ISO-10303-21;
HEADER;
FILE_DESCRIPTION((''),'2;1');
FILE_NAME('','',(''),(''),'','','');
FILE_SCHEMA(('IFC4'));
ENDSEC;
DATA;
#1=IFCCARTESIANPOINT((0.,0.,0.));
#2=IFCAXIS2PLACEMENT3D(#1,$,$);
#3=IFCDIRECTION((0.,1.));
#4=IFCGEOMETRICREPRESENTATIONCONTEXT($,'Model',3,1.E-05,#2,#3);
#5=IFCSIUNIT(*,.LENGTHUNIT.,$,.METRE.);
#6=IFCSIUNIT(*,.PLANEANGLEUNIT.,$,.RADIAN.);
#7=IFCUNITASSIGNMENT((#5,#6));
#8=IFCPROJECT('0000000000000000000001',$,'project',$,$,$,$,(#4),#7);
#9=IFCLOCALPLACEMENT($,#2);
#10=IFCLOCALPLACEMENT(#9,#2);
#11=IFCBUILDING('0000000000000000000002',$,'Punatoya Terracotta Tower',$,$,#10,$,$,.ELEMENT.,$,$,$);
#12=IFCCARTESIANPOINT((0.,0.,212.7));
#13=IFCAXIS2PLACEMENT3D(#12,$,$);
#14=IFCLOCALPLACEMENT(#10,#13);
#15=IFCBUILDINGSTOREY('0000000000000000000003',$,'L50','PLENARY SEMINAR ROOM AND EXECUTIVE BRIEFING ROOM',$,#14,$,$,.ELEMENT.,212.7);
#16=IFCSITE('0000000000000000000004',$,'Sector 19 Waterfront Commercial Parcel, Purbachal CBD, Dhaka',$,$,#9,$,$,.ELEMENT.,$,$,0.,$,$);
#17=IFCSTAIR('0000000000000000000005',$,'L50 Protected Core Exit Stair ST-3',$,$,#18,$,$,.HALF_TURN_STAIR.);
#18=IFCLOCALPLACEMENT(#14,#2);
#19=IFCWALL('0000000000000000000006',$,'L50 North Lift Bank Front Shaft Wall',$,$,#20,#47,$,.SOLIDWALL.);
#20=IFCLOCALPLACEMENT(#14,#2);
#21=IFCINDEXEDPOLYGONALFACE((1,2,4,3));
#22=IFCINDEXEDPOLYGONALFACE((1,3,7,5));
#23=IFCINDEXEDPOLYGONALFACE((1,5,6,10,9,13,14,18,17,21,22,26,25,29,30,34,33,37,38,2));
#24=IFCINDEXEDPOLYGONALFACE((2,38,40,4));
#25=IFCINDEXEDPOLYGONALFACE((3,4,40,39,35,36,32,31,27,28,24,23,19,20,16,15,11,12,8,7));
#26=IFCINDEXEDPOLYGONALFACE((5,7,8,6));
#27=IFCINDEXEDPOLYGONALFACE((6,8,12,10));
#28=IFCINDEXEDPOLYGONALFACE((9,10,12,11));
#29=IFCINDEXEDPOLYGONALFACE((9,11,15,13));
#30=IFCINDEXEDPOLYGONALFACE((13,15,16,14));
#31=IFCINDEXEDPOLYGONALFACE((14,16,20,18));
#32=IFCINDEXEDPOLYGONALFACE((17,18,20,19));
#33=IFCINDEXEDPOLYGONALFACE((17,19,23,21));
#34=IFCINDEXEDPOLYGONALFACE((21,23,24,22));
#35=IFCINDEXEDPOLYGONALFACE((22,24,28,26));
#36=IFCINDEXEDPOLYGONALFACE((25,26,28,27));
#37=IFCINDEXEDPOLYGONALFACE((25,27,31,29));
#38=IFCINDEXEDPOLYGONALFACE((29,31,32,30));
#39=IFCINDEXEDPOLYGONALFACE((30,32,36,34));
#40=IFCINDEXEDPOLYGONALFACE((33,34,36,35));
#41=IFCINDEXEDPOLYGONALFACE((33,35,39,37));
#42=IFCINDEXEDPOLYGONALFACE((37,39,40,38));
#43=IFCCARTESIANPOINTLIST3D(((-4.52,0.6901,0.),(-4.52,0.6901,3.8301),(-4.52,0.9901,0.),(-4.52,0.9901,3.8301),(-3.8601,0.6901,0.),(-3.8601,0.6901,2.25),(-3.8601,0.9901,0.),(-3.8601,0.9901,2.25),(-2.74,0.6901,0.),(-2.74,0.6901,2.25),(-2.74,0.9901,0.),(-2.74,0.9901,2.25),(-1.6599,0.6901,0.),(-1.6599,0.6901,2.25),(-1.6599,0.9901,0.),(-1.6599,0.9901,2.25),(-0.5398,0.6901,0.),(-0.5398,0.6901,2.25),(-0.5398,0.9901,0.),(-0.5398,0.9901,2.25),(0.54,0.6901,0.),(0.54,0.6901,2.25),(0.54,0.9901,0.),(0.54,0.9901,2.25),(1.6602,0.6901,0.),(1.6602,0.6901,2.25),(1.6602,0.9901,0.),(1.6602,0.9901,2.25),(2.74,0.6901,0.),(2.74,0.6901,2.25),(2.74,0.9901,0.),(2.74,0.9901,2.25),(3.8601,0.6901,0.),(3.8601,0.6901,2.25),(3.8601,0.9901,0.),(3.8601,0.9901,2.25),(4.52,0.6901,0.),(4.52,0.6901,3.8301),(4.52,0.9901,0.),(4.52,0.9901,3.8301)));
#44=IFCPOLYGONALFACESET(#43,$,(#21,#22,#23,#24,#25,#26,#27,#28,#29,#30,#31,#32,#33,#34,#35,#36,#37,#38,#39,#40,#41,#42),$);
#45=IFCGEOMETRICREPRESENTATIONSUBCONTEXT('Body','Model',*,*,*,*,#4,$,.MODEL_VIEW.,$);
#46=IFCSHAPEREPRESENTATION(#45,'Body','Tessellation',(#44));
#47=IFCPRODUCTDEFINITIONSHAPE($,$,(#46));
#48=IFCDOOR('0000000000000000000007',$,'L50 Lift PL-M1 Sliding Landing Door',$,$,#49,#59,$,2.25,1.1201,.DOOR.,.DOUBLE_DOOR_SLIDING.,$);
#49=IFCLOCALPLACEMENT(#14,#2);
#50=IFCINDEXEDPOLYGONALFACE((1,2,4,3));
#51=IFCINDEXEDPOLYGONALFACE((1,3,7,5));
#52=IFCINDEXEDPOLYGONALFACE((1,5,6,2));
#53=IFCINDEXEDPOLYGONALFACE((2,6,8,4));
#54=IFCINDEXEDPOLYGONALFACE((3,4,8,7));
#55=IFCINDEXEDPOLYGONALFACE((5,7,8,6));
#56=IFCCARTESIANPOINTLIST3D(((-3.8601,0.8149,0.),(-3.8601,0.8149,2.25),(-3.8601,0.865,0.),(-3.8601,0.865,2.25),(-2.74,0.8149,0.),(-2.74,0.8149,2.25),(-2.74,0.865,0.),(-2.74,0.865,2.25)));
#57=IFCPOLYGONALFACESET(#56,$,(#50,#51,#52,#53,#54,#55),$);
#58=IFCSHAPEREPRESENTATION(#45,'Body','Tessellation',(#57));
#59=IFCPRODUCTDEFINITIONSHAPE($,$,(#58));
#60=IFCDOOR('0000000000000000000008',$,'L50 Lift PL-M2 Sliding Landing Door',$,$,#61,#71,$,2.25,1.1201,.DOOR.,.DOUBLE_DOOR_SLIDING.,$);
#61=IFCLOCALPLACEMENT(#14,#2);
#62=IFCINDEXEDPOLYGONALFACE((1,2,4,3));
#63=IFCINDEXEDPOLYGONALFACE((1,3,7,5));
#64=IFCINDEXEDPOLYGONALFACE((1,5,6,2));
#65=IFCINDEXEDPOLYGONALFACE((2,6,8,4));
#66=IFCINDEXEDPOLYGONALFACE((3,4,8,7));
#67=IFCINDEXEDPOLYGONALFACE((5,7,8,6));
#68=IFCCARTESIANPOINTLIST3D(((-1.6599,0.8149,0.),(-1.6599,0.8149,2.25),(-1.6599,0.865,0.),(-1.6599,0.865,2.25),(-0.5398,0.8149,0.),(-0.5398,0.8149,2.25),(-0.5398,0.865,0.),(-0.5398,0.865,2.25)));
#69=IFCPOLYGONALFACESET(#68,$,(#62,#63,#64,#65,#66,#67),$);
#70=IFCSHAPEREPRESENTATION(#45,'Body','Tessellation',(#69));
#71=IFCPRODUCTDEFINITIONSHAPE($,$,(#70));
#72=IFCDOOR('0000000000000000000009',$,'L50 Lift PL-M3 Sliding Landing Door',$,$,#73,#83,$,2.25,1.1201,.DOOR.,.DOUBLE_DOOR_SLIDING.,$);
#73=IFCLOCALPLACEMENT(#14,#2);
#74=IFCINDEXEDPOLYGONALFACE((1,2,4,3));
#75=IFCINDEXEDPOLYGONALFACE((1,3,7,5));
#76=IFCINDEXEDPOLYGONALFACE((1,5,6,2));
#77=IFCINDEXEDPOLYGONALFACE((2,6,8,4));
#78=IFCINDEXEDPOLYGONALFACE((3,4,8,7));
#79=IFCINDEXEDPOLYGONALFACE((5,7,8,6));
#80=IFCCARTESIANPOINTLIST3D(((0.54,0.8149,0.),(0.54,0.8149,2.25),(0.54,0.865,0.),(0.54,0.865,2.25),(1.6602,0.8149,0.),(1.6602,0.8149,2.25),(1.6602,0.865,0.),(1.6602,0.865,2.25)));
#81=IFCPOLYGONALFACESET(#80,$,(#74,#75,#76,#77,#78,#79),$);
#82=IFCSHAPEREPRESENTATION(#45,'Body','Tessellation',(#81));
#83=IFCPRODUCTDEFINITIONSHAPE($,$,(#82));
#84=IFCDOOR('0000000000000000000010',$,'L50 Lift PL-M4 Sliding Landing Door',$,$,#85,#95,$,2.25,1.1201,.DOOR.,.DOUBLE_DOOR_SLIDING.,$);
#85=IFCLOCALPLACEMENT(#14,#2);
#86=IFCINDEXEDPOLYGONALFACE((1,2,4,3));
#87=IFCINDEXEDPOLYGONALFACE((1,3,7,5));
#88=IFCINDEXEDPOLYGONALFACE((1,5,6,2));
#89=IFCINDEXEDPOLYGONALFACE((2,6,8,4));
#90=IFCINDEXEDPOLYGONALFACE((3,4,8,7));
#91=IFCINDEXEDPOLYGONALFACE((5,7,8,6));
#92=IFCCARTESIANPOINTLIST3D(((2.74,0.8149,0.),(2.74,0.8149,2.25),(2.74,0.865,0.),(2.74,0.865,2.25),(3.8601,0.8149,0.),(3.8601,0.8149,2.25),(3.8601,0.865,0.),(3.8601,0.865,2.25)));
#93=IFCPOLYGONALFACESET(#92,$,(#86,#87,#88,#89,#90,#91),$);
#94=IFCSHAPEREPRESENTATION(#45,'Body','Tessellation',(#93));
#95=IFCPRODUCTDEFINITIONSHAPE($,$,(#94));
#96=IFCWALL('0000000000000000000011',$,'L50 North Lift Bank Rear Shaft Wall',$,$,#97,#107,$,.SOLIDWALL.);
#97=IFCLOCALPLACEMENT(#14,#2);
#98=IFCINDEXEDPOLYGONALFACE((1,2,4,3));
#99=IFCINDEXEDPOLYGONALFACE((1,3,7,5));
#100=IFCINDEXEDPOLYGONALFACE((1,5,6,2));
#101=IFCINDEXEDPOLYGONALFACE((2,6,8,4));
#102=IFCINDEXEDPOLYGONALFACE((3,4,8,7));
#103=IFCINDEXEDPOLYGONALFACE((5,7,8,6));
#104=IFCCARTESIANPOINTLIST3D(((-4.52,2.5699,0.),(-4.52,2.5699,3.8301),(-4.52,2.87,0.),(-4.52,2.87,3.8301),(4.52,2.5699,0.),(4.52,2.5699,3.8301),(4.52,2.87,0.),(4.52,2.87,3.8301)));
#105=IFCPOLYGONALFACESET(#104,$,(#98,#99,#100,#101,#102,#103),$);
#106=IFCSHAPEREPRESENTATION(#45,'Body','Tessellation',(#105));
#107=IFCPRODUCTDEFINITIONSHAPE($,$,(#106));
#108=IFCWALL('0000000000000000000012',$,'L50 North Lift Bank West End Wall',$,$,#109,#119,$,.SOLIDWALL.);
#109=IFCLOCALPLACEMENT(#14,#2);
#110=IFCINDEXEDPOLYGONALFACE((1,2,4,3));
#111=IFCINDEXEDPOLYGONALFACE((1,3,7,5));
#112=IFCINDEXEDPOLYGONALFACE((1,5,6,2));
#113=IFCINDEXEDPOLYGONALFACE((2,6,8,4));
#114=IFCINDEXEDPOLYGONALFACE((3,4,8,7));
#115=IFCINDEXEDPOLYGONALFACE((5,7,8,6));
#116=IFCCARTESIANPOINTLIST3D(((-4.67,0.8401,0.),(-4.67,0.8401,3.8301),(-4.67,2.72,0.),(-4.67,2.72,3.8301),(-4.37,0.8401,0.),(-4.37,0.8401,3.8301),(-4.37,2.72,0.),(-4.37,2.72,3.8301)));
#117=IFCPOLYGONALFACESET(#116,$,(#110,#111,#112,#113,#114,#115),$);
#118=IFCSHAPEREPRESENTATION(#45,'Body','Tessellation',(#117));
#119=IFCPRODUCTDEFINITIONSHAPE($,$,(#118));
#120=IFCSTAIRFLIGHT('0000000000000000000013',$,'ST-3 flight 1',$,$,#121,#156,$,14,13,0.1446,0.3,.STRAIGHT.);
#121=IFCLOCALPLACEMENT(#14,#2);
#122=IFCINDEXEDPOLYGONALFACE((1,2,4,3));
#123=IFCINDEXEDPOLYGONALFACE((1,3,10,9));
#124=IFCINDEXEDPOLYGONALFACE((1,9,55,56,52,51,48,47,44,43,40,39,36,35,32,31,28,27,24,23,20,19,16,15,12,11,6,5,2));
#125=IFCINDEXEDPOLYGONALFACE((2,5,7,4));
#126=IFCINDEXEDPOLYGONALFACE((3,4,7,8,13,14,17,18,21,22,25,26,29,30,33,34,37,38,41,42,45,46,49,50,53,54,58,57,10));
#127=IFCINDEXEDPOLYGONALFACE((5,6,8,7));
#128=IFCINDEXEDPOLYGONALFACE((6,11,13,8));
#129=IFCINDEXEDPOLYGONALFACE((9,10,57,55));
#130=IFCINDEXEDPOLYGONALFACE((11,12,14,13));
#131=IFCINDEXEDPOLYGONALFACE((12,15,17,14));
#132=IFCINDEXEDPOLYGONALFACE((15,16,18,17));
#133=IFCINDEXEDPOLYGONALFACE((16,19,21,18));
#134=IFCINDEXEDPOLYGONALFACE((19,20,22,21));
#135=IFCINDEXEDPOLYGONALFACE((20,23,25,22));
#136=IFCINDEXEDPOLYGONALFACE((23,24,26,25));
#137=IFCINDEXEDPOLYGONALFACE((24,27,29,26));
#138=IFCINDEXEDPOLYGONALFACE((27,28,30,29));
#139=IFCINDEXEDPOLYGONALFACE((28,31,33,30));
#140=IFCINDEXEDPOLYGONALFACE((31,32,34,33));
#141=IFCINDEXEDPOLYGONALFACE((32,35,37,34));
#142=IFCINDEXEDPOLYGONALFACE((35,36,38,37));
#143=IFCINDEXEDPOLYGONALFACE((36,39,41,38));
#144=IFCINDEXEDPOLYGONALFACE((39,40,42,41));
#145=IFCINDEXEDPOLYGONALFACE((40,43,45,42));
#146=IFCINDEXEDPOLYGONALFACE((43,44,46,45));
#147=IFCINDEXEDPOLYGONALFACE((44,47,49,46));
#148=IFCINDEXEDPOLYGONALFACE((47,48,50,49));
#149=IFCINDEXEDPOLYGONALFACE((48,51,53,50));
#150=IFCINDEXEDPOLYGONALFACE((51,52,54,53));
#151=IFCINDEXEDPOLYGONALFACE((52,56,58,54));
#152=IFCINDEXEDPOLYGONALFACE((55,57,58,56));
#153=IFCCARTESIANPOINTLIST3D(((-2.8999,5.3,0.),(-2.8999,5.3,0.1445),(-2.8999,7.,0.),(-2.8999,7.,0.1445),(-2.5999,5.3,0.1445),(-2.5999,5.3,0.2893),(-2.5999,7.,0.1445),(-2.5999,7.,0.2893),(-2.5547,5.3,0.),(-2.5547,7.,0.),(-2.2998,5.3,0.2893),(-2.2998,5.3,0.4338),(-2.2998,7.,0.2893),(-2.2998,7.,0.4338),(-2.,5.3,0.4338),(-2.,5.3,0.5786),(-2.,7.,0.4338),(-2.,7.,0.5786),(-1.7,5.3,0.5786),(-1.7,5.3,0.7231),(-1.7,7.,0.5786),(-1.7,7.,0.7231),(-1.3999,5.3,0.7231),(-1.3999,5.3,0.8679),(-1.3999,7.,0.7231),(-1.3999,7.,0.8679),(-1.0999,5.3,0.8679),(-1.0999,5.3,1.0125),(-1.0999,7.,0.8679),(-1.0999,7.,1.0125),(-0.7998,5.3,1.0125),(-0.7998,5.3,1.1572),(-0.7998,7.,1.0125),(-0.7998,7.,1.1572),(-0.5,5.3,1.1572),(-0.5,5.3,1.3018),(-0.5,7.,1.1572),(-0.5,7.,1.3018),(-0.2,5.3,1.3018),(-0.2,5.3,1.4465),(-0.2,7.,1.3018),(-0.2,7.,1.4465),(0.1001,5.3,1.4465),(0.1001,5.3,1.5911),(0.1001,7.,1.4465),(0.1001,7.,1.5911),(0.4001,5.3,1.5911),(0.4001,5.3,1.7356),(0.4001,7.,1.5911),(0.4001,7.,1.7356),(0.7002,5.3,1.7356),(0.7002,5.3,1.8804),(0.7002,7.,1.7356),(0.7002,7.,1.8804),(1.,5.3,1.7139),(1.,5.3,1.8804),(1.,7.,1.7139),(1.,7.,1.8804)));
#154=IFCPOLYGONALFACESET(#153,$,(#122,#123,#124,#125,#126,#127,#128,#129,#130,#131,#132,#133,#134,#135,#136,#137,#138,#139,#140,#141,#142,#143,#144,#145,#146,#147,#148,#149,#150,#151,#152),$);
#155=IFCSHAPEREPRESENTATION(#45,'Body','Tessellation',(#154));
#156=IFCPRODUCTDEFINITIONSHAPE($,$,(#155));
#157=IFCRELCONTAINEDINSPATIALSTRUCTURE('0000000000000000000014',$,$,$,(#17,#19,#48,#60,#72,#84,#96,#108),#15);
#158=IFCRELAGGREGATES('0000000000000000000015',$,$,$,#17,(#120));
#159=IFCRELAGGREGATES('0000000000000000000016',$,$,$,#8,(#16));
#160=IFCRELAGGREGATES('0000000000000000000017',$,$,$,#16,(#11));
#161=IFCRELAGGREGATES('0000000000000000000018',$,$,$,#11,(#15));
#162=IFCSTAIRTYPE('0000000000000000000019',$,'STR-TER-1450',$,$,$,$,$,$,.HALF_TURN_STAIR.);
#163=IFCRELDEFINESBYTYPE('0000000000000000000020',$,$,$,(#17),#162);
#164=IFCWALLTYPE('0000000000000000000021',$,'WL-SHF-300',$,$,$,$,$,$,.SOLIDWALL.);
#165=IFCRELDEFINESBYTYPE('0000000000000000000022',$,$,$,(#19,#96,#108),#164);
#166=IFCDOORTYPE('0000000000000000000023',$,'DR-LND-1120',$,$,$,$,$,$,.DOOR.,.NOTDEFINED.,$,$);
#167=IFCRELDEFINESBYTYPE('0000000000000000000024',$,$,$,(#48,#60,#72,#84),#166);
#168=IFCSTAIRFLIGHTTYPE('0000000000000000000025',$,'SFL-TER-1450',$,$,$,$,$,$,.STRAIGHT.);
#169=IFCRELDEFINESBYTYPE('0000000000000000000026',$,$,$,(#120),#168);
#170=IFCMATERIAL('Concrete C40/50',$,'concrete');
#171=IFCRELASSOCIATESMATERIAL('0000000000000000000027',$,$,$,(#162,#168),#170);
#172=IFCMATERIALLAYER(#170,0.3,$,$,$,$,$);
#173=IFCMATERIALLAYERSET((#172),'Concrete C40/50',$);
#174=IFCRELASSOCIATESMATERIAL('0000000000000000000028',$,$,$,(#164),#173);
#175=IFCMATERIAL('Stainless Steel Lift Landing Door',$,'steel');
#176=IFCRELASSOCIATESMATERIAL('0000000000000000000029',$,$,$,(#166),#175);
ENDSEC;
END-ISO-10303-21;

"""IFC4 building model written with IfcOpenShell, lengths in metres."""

from ifc_helpers import new_model, si_unit, direction, frame, frame_2d, origin, place, context, subcontext, project, spatial, polyline, rectangle, outline, extrude, material, layer, layer_set, type_object, element, fill, aggregate, save


model = new_model("IFC4")

# Units and contexts
model_context = context("Model", 3, precision=1e-05, world=origin(), true_north=direction((0.0, 1.0)))
body_context = subcontext(model_context, "Body", "Model", "MODEL_VIEW")
ifc_project = project(units=[si_unit("LENGTHUNIT", "METRE"), si_unit("PLANEANGLEUNIT", "RADIAN")], contexts=[model_context])

# Site, building, storey
site_placement = place(None, origin())
site = spatial("IfcSite", under=ifc_project, at=site_placement, Name="Sector 19 Waterfront Commercial Parcel, Purbachal CBD, Dhaka", CompositionType="ELEMENT", RefElevation=0.0)
building_placement = place(site_placement, origin())
building = spatial("IfcBuilding", under=site, at=building_placement, Name="Punatoya Terracotta Tower", CompositionType="ELEMENT")
storey_placement = place(building_placement, frame((0.0, 0.0, 212.7)))
storey = spatial("IfcBuildingStorey", under=building, at=storey_placement, Name="L50", Description="PLENARY SEMINAR ROOM AND EXECUTIVE BRIEFING ROOM", CompositionType="ELEMENT", Elevation=212.7)

# Stair
ifc_material_1 = material(Name="Concrete C40/50", Category="concrete")
stair_type_1 = type_object("IfcStairType", Name="STR-TER-1450", PredefinedType="HALF_TURN_STAIR", material=ifc_material_1)
stair_1_placement = place(storey_placement, origin())
stair_1 = element("IfcStair", 1, at=stair_1_placement, inside=storey, type_object=stair_type_1, Name="L50 Protected Core Exit Stair ST-3", PredefinedType="HALF_TURN_STAIR")

# Shared definitions
ifc_layer_1 = layer(ifc_material_1, 0.3)
ifc_layer_set_1 = layer_set([ifc_layer_1], Name="Concrete C40/50")
wall_type = type_object("IfcWallType", Name="WL-SHF-300", PredefinedType="SOLIDWALL", material=ifc_layer_set_1)

# Wall, openings, doors
wall_1_placement = place(storey_placement, frame((-4.52, 0.8401, 0.0), z_axis=(0.0, 0.0, 1.0), x_axis=(1.0, 0.0, 0.0)))
wall_1 = element("IfcWall", 2, at=wall_1_placement, inside=storey, type_object=wall_type, Name="L50 North Lift Bank Front Shaft Wall", PredefinedType="SOLIDWALL", context=body_context, shape_type="SweptSolid", body=[
    extrude(rectangle(XDim=9.04, YDim=0.3, at=frame_2d((4.52, 0.0))), origin(), (0.0, 0.0, 1.0), 3.8301),
])
opening_1_placement = place(wall_1_placement, frame((0.6599, 0.0, 0.0)))
opening_1 = element("IfcOpeningElement", 3, at=opening_1_placement, cuts=wall_1, PredefinedType="OPENING", context=body_context, shape_type="SweptSolid", body=[
    extrude(rectangle(XDim=1.1201, YDim=2.25, at=frame_2d((0.5601, 1.125))), frame((0.0, 0.1599, 0.0), z_axis=(0.0, -1.0, 0.0), x_axis=(1.0, 0.0, 0.0)), (0.0, 0.0, 1.0), 0.3201),
])
opening_2_placement = place(wall_1_placement, frame((2.8601, 0.0, 0.0)))
opening_2 = element("IfcOpeningElement", 4, at=opening_2_placement, cuts=wall_1, PredefinedType="OPENING", context=body_context, shape_type="SweptSolid", body=[
    extrude(rectangle(XDim=1.1201, YDim=2.25, at=frame_2d((0.5601, 1.125))), frame((0.0, 0.1599, 0.0), z_axis=(0.0, -1.0, 0.0), x_axis=(1.0, 0.0, 0.0)), (0.0, 0.0, 1.0), 0.3201),
])
opening_3_placement = place(wall_1_placement, frame((5.0601, 0.0, 0.0)))
opening_3 = element("IfcOpeningElement", 5, at=opening_3_placement, cuts=wall_1, PredefinedType="OPENING", context=body_context, shape_type="SweptSolid", body=[
    extrude(rectangle(XDim=1.1201, YDim=2.25, at=frame_2d((0.5601, 1.125))), frame((0.0, 0.1599, 0.0), z_axis=(0.0, -1.0, 0.0), x_axis=(1.0, 0.0, 0.0)), (0.0, 0.0, 1.0), 0.3201),
])
opening_4_placement = place(wall_1_placement, frame((7.26, 0.0, 0.0)))
opening_4 = element("IfcOpeningElement", 6, at=opening_4_placement, cuts=wall_1, PredefinedType="OPENING", context=body_context, shape_type="SweptSolid", body=[
    extrude(rectangle(XDim=1.1201, YDim=2.25, at=frame_2d((0.5601, 1.125))), frame((0.0, 0.1599, 0.0), z_axis=(0.0, -1.0, 0.0), x_axis=(1.0, 0.0, 0.0)), (0.0, 0.0, 1.0), 0.3201),
])
ifc_material_2 = material(Name="Stainless Steel Lift Landing Door", Category="steel")
door_type = type_object("IfcDoorType", Name="DR-LND-1120", OperationType="NOTDEFINED", PredefinedType="DOOR", material=ifc_material_2)
door_1_placement = place(opening_1_placement, origin())
door_1 = element("IfcDoor", 7, at=door_1_placement, inside=storey, type_object=door_type, Name="L50 Lift PL-M1 Sliding Landing Door", OperationType="DOUBLE_DOOR_SLIDING", OverallHeight=2.25, OverallWidth=1.1201, PredefinedType="DOOR", context=body_context, shape_type="SweptSolid", body=[
    extrude(rectangle(XDim=1.1201, YDim=2.25, at=frame_2d((0.5601, 1.125))), frame((0.0, 0.0249, 0.0), z_axis=(0.0, -1.0, 0.0), x_axis=(1.0, 0.0, 0.0)), (0.0, 0.0, 1.0), 0.05),
])
fill(opening_1, door_1)
door_2_placement = place(opening_2_placement, origin())
door_2 = element("IfcDoor", 8, at=door_2_placement, inside=storey, type_object=door_type, Name="L50 Lift PL-M2 Sliding Landing Door", OperationType="DOUBLE_DOOR_SLIDING", OverallHeight=2.25, OverallWidth=1.1201, PredefinedType="DOOR", context=body_context, shape_type="SweptSolid", body=[
    extrude(rectangle(XDim=1.1201, YDim=2.25, at=frame_2d((0.5601, 1.125))), frame((0.0, 0.0249, 0.0), z_axis=(0.0, -1.0, 0.0), x_axis=(1.0, 0.0, 0.0)), (0.0, 0.0, 1.0), 0.05),
])
fill(opening_2, door_2)
door_3_placement = place(opening_3_placement, origin())
door_3 = element("IfcDoor", 9, at=door_3_placement, inside=storey, type_object=door_type, Name="L50 Lift PL-M3 Sliding Landing Door", OperationType="DOUBLE_DOOR_SLIDING", OverallHeight=2.25, OverallWidth=1.1201, PredefinedType="DOOR", context=body_context, shape_type="SweptSolid", body=[
    extrude(rectangle(XDim=1.1201, YDim=2.25, at=frame_2d((0.5601, 1.125))), frame((0.0, 0.0249, 0.0), z_axis=(0.0, -1.0, 0.0), x_axis=(1.0, 0.0, 0.0)), (0.0, 0.0, 1.0), 0.05),
])
fill(opening_3, door_3)
door_4_placement = place(opening_4_placement, origin())
door_4 = element("IfcDoor", 10, at=door_4_placement, inside=storey, type_object=door_type, Name="L50 Lift PL-M4 Sliding Landing Door", OperationType="DOUBLE_DOOR_SLIDING", OverallHeight=2.25, OverallWidth=1.1201, PredefinedType="DOOR", context=body_context, shape_type="SweptSolid", body=[
    extrude(rectangle(XDim=1.1201, YDim=2.25, at=frame_2d((0.5601, 1.125))), frame((0.0, 0.0249, 0.0), z_axis=(0.0, -1.0, 0.0), x_axis=(1.0, 0.0, 0.0)), (0.0, 0.0, 1.0), 0.05),
])
fill(opening_4, door_4)

# Walls
wall_2_placement = place(storey_placement, frame((-4.52, 2.72, 0.0), z_axis=(0.0, 0.0, 1.0), x_axis=(1.0, 0.0, 0.0)))
element("IfcWall", 11, at=wall_2_placement, inside=storey, type_object=wall_type, Name="L50 North Lift Bank Rear Shaft Wall", PredefinedType="SOLIDWALL", context=body_context, shape_type="SweptSolid", body=[
    extrude(rectangle(XDim=9.04, YDim=0.3, at=frame_2d((4.52, 0.0))), origin(), (0.0, 0.0, 1.0), 3.8301),
])
wall_3_placement = place(storey_placement, frame((-4.52, 0.8401, 0.0), z_axis=(0.0, 0.0, 1.0), x_axis=(0.0, 1.0, 0.0)))
element("IfcWall", 12, at=wall_3_placement, inside=storey, type_object=wall_type, Name="L50 North Lift Bank West End Wall", PredefinedType="SOLIDWALL", context=body_context, shape_type="SweptSolid", body=[
    extrude(rectangle(XDim=1.8799, YDim=0.3, at=frame_2d((0.9399, 0.0))), origin(), (0.0, 0.0, 1.0), 3.8301),
])

# Stair flight
stair_flight_type = type_object("IfcStairFlightType", Name="SFL-TER-1450", PredefinedType="STRAIGHT", material=ifc_material_1)
stair_flight_placement = place(storey_placement, frame((-2.8999, 6.1499, 0.0), z_axis=(0.0, 0.0, 1.0), x_axis=(1.0, 0.0, 0.0)))
stair_flight = element("IfcStairFlight", 13, at=stair_flight_placement, type_object=stair_flight_type, Name="ST-3 flight 1", NumberOfRisers=14, NumberOfTreads=13, PredefinedType="STRAIGHT", RiserHeight=0.1446, TreadLength=0.3, context=body_context, shape_type="SweptSolid", body=[
    extrude(outline(polyline([(0.0, 0.0), (0.0, 0.1445), (0.3, 0.1445), (0.3, 0.2893), (0.6001, 0.2893), (0.6001, 0.4338), (0.8999, 0.4338), (0.8999, 0.5786), (1.2, 0.5786), (1.2, 0.7231), (1.5, 0.7231), (1.5, 0.8679), (1.8, 0.8679), (1.8, 1.0125), (2.1001, 1.0125), (2.1001, 1.1572), (2.3999, 1.1572), (2.3999, 1.3018), (2.7, 1.3018), (2.7, 1.4465), (3.0, 1.4465), (3.0, 1.5911), (3.3, 1.5911), (3.3, 1.7356), (3.6001, 1.7356), (3.6001, 1.8804), (3.8999, 1.8804), (3.8999, 2.0249), (3.8999, 1.7139), (0.3452, 0.0), (0.0, 0.0)])), frame((0.0, 0.8501, 0.0), z_axis=(0.0, -1.0, 0.0), x_axis=(1.0, 0.0, 0.0)), (0.0, 0.0, 1.0), 1.7),
])
aggregate(stair_1, [stair_flight])

save(model, "model.ifc")
